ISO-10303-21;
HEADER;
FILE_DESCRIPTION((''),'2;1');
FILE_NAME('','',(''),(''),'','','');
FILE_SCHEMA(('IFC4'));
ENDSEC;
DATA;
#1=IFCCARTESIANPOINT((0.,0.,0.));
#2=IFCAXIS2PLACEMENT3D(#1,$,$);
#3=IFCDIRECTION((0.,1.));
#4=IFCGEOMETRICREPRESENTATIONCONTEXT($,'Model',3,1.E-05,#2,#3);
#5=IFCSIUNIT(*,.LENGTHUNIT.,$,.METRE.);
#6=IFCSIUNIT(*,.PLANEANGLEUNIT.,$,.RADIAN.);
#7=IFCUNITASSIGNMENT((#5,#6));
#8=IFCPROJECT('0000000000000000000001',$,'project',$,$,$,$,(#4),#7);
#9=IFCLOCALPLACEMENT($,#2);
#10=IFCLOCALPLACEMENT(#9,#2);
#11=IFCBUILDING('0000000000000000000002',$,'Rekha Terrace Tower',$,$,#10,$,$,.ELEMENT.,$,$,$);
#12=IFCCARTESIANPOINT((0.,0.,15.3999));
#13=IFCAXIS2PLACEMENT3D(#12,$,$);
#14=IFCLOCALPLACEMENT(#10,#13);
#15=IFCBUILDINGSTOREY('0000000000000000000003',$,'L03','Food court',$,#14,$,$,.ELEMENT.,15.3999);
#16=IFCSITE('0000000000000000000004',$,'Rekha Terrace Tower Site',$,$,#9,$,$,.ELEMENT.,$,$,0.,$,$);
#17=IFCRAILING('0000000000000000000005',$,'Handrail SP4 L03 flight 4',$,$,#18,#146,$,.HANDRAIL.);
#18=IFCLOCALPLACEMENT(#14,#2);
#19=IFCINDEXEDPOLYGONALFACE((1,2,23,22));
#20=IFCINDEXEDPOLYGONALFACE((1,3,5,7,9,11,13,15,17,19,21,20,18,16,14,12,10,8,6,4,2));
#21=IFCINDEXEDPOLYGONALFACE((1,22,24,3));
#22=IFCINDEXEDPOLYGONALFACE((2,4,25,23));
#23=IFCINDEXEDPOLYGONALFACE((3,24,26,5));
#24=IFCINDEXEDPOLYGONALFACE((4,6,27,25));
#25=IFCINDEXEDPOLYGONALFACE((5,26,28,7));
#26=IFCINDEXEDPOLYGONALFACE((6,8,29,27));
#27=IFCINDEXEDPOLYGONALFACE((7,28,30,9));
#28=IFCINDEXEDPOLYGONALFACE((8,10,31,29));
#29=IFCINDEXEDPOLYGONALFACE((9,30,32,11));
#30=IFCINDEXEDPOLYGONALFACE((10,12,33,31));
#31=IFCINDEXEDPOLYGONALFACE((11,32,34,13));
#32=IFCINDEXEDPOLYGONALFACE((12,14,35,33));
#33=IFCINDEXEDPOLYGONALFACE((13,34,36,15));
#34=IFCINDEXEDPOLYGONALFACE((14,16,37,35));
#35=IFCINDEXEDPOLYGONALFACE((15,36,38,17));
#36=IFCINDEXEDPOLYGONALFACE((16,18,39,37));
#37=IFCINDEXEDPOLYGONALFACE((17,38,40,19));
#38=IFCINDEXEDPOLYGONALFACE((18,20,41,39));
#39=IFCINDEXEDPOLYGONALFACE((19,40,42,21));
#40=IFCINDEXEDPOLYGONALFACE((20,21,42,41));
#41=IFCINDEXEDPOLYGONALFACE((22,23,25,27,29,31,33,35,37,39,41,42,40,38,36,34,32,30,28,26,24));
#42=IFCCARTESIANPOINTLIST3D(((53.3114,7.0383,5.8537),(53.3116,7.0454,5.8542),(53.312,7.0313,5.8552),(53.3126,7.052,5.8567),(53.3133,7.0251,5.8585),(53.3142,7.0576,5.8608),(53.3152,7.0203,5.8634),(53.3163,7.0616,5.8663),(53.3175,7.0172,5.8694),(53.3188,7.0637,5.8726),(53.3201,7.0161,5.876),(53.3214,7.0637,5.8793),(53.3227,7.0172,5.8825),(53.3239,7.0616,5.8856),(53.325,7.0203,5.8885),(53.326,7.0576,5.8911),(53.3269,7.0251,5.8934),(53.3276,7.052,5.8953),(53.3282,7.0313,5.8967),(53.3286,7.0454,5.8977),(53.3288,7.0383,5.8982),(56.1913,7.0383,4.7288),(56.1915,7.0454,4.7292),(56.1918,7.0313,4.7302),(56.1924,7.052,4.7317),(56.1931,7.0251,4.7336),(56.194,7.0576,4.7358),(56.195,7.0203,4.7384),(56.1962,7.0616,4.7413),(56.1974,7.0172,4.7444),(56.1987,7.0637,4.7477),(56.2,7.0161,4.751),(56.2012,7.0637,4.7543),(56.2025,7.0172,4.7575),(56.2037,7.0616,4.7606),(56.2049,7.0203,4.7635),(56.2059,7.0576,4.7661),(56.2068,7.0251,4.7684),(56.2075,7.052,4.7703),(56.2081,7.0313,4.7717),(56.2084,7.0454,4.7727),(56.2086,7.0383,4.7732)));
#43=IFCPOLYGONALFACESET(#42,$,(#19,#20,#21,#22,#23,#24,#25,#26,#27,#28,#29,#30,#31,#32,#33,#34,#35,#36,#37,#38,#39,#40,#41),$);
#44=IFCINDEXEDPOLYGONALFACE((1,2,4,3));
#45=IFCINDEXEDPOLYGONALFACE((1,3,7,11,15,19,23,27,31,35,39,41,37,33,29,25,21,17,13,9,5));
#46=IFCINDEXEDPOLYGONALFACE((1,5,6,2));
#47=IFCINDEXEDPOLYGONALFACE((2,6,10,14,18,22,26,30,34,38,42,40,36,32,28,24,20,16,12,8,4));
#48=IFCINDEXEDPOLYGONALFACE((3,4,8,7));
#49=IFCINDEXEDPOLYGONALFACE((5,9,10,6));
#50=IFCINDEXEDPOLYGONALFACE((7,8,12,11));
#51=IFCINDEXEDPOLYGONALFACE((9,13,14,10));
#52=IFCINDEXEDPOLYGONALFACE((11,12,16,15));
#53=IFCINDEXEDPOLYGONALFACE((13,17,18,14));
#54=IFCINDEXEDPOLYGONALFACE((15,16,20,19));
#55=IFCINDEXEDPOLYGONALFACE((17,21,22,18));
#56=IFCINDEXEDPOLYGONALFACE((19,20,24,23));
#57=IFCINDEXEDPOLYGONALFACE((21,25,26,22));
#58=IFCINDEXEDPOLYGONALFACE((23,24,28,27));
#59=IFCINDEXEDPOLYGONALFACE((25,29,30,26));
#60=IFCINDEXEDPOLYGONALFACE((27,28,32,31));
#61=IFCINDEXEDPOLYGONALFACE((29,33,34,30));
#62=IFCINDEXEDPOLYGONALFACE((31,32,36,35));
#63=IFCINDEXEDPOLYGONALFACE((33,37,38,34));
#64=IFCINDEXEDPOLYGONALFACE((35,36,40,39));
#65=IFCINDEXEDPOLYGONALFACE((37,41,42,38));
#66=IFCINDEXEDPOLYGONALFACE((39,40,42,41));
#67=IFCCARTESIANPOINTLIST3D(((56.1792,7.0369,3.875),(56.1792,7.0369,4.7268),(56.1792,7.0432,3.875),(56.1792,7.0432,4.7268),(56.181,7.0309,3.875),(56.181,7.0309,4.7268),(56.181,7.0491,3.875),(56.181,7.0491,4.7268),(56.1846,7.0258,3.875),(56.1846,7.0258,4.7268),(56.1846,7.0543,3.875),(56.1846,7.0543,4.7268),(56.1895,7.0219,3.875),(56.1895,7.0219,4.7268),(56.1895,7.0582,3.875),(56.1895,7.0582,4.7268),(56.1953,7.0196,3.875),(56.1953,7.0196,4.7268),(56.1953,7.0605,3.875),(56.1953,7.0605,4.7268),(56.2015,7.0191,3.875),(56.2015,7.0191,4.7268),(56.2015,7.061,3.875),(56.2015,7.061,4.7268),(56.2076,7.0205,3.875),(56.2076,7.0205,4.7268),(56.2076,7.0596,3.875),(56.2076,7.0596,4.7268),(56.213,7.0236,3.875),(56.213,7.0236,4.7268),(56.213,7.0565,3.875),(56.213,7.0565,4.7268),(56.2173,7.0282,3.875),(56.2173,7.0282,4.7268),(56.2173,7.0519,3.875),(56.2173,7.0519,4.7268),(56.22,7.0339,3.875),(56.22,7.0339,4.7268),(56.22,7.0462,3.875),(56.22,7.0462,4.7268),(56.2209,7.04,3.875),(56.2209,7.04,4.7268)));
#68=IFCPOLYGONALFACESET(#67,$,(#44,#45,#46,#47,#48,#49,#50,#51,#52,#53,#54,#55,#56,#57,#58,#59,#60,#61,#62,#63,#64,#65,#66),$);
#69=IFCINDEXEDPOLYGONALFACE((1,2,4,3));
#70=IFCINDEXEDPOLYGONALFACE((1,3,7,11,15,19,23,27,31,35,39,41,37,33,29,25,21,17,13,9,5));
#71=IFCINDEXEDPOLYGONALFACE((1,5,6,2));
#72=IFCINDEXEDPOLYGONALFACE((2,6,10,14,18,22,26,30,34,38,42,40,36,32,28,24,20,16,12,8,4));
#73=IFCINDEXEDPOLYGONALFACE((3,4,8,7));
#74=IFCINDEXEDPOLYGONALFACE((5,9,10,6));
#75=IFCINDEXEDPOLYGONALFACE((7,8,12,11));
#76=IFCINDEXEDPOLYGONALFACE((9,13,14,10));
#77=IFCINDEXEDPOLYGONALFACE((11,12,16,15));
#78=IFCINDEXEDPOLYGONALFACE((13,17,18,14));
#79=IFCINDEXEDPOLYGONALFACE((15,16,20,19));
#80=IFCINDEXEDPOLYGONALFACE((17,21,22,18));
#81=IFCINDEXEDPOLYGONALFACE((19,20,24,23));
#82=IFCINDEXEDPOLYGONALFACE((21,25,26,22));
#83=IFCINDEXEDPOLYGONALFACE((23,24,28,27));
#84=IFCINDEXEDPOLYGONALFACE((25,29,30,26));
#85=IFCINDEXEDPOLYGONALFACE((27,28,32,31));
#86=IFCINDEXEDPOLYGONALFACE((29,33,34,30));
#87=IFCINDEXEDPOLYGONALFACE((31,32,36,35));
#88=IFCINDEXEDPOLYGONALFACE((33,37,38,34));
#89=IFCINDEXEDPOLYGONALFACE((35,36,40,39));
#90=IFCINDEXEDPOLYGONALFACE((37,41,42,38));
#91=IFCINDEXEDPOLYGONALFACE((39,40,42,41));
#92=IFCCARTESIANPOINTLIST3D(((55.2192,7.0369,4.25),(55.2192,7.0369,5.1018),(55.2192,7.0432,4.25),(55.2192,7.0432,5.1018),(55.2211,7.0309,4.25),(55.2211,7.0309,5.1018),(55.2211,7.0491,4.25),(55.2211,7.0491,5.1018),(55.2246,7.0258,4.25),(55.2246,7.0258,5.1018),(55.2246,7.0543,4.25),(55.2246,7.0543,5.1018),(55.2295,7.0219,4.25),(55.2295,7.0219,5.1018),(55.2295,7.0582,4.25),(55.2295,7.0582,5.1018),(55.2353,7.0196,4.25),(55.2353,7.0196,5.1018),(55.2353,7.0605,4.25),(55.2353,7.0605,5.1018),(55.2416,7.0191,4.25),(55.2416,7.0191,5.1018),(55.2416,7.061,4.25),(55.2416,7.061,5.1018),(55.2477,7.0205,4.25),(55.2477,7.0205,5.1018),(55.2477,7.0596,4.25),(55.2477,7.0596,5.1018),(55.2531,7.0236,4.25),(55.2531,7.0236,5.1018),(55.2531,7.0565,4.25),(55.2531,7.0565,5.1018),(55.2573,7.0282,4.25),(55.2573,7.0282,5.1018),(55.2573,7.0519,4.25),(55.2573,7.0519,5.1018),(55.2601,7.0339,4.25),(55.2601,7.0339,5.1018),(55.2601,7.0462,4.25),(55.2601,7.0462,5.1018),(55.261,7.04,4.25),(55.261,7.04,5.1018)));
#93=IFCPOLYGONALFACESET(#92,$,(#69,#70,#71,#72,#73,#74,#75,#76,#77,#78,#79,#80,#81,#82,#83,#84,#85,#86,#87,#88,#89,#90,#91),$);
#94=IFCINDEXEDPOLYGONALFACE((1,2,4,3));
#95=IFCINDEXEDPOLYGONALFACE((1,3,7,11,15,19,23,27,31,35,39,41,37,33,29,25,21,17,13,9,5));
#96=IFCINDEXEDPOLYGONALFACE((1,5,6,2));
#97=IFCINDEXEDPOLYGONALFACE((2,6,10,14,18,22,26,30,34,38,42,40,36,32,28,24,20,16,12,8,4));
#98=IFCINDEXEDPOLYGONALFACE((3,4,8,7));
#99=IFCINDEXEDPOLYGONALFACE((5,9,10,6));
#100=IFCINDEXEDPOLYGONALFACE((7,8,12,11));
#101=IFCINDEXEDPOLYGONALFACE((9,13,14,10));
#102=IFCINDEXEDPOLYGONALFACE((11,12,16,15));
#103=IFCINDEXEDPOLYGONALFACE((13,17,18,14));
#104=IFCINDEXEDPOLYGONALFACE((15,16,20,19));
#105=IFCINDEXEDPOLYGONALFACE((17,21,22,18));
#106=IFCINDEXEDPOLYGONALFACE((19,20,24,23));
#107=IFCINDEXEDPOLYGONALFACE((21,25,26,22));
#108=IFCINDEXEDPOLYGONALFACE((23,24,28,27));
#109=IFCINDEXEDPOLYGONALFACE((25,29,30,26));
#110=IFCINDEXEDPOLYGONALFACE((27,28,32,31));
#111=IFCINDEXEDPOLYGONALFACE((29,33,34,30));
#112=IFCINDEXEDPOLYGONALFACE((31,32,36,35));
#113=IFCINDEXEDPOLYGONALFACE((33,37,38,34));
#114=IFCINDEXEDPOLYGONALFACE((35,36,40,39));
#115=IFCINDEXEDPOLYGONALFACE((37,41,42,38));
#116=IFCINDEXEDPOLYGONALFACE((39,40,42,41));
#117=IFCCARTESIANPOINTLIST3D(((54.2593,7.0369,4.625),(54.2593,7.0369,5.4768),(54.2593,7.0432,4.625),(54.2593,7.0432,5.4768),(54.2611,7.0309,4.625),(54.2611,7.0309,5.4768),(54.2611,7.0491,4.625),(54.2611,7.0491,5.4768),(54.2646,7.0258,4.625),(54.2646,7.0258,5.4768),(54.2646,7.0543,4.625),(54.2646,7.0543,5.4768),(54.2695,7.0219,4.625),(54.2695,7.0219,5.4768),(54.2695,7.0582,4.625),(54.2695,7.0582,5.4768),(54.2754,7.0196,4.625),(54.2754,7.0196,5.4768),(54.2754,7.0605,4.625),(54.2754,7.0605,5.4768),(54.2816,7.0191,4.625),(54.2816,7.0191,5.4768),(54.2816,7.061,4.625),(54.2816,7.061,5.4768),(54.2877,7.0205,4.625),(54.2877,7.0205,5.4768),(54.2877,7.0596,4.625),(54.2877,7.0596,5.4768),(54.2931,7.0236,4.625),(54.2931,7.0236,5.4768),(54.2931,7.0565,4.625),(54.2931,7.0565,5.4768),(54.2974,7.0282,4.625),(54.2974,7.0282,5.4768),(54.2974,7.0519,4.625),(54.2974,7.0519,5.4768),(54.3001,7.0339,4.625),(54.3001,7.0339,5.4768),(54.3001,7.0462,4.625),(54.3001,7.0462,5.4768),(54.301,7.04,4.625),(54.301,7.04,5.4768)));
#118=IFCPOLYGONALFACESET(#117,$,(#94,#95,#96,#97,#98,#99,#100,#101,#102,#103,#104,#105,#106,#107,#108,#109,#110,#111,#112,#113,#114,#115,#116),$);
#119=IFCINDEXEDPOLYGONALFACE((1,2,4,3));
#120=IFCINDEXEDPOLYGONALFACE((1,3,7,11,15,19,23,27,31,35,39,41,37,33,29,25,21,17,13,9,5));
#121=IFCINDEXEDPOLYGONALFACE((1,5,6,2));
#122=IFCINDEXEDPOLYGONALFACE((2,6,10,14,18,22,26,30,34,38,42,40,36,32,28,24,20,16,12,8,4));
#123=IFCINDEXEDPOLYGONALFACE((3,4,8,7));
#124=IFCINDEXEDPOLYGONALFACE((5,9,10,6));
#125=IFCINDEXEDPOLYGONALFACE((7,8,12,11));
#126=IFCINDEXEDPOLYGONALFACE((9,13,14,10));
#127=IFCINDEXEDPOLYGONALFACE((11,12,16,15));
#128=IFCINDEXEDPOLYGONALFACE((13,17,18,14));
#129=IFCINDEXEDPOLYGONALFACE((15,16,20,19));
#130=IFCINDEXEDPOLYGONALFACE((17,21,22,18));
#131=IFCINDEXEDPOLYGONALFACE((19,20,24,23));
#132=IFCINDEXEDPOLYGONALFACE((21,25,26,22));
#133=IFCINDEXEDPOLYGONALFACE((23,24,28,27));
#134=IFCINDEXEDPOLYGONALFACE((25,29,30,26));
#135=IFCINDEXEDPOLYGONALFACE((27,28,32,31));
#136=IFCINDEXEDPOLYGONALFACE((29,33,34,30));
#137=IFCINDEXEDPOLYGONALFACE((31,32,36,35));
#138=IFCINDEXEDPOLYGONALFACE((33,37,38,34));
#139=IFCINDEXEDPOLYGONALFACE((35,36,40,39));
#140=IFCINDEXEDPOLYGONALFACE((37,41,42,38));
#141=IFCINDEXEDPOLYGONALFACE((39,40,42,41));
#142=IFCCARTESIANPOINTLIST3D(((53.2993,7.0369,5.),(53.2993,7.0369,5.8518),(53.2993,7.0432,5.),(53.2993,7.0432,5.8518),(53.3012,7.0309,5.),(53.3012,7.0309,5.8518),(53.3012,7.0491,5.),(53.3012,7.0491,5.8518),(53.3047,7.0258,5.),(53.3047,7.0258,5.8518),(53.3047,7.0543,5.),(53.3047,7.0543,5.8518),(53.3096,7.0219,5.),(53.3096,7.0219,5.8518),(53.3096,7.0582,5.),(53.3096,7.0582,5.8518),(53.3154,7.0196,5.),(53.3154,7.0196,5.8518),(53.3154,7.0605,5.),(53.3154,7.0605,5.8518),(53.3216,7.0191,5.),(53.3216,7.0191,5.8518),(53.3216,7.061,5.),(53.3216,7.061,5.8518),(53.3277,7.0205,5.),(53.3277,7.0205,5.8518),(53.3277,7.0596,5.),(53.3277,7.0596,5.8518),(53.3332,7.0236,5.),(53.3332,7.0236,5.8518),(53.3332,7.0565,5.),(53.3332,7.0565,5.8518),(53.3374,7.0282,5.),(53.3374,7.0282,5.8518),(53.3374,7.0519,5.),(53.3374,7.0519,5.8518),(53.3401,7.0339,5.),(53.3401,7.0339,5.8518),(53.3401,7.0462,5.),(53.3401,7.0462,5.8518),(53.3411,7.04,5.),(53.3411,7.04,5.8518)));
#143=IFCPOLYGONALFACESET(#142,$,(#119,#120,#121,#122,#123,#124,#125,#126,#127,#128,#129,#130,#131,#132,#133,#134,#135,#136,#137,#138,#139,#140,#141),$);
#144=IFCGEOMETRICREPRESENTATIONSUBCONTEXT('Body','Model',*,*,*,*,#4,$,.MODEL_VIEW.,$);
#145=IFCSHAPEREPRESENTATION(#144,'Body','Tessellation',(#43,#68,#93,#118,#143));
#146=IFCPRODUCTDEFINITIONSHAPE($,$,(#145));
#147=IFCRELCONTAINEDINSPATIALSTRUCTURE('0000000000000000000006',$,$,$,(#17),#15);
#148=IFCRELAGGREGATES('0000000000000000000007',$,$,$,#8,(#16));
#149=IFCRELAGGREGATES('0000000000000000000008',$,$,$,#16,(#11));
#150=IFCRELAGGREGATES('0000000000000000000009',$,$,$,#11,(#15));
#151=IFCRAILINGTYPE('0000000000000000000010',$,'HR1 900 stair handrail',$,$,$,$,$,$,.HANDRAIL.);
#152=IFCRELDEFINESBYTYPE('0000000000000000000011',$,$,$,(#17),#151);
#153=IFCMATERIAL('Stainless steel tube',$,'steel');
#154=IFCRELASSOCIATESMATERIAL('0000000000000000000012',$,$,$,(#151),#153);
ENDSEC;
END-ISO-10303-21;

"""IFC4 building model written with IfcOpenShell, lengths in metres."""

from ifc_helpers import new_model, si_unit, direction, frame, origin, origin_2d, place, context, subcontext, project, spatial, circle, extrude, material, type_object, element, save


model = new_model("IFC4")

# Units and contexts
model_context = context("Model", 3, precision=1e-05, world=origin(), true_north=direction((0.0, 1.0)))
body_context = subcontext(model_context, "Body", "Model", "MODEL_VIEW")
ifc_project = project(units=[si_unit("LENGTHUNIT", "METRE"), si_unit("PLANEANGLEUNIT", "RADIAN")], contexts=[model_context])

# Site, building, storey
site_placement = place(None, origin())
site = spatial("IfcSite", under=ifc_project, at=site_placement, Name="Rekha Terrace Tower Site", CompositionType="ELEMENT", RefElevation=0.0)
building_placement = place(site_placement, origin())
building = spatial("IfcBuilding", under=site, at=building_placement, Name="Rekha Terrace Tower", CompositionType="ELEMENT")
storey_placement = place(building_placement, frame((0.0, 0.0, 15.3999)))
storey = spatial("IfcBuildingStorey", under=building, at=storey_placement, Name="L03", Description="Food court", CompositionType="ELEMENT", Elevation=15.3999)

# Railing
ifc_material_1 = material(Name="Stainless steel tube", Category="steel")
railing_type_1 = type_object("IfcRailingType", Name="HR1 900 stair handrail", PredefinedType="HANDRAIL", material=ifc_material_1)
railing_1_placement = place(storey_placement, frame((56.2, 7.04, 3.875)))
element("IfcRailing", 1, at=railing_1_placement, inside=storey, type_object=railing_type_1, Name="Handrail SP4 L03 flight 4", PredefinedType="HANDRAIL", context=body_context, shape_type="SweptSolid", body=[
    extrude(circle(Radius=0.0239, at=origin_2d()), frame((0.0, 0.0, 0.876), z_axis=(-0.931452, 0.0, 0.363863), x_axis=(0.0, -1.0, 0.0)), (0.0, 0.0, 1.0), 3.0918),
    extrude(circle(Radius=0.021, at=origin_2d()), origin(), (0.0, 0.0, 1.0), 0.8518),
    extrude(circle(Radius=0.021, at=origin_2d()), frame((-0.96, 0.0, 0.375)), (0.0, 0.0, 1.0), 0.8518),
    extrude(circle(Radius=0.021, at=origin_2d()), frame((-1.9199, 0.0, 0.75)), (0.0, 0.0, 1.0), 0.8518),
    extrude(circle(Radius=0.021, at=origin_2d()), frame((-2.8799, 0.0, 1.125)), (0.0, 0.0, 1.0), 0.8518),
])

save(model, "model.ifc")
